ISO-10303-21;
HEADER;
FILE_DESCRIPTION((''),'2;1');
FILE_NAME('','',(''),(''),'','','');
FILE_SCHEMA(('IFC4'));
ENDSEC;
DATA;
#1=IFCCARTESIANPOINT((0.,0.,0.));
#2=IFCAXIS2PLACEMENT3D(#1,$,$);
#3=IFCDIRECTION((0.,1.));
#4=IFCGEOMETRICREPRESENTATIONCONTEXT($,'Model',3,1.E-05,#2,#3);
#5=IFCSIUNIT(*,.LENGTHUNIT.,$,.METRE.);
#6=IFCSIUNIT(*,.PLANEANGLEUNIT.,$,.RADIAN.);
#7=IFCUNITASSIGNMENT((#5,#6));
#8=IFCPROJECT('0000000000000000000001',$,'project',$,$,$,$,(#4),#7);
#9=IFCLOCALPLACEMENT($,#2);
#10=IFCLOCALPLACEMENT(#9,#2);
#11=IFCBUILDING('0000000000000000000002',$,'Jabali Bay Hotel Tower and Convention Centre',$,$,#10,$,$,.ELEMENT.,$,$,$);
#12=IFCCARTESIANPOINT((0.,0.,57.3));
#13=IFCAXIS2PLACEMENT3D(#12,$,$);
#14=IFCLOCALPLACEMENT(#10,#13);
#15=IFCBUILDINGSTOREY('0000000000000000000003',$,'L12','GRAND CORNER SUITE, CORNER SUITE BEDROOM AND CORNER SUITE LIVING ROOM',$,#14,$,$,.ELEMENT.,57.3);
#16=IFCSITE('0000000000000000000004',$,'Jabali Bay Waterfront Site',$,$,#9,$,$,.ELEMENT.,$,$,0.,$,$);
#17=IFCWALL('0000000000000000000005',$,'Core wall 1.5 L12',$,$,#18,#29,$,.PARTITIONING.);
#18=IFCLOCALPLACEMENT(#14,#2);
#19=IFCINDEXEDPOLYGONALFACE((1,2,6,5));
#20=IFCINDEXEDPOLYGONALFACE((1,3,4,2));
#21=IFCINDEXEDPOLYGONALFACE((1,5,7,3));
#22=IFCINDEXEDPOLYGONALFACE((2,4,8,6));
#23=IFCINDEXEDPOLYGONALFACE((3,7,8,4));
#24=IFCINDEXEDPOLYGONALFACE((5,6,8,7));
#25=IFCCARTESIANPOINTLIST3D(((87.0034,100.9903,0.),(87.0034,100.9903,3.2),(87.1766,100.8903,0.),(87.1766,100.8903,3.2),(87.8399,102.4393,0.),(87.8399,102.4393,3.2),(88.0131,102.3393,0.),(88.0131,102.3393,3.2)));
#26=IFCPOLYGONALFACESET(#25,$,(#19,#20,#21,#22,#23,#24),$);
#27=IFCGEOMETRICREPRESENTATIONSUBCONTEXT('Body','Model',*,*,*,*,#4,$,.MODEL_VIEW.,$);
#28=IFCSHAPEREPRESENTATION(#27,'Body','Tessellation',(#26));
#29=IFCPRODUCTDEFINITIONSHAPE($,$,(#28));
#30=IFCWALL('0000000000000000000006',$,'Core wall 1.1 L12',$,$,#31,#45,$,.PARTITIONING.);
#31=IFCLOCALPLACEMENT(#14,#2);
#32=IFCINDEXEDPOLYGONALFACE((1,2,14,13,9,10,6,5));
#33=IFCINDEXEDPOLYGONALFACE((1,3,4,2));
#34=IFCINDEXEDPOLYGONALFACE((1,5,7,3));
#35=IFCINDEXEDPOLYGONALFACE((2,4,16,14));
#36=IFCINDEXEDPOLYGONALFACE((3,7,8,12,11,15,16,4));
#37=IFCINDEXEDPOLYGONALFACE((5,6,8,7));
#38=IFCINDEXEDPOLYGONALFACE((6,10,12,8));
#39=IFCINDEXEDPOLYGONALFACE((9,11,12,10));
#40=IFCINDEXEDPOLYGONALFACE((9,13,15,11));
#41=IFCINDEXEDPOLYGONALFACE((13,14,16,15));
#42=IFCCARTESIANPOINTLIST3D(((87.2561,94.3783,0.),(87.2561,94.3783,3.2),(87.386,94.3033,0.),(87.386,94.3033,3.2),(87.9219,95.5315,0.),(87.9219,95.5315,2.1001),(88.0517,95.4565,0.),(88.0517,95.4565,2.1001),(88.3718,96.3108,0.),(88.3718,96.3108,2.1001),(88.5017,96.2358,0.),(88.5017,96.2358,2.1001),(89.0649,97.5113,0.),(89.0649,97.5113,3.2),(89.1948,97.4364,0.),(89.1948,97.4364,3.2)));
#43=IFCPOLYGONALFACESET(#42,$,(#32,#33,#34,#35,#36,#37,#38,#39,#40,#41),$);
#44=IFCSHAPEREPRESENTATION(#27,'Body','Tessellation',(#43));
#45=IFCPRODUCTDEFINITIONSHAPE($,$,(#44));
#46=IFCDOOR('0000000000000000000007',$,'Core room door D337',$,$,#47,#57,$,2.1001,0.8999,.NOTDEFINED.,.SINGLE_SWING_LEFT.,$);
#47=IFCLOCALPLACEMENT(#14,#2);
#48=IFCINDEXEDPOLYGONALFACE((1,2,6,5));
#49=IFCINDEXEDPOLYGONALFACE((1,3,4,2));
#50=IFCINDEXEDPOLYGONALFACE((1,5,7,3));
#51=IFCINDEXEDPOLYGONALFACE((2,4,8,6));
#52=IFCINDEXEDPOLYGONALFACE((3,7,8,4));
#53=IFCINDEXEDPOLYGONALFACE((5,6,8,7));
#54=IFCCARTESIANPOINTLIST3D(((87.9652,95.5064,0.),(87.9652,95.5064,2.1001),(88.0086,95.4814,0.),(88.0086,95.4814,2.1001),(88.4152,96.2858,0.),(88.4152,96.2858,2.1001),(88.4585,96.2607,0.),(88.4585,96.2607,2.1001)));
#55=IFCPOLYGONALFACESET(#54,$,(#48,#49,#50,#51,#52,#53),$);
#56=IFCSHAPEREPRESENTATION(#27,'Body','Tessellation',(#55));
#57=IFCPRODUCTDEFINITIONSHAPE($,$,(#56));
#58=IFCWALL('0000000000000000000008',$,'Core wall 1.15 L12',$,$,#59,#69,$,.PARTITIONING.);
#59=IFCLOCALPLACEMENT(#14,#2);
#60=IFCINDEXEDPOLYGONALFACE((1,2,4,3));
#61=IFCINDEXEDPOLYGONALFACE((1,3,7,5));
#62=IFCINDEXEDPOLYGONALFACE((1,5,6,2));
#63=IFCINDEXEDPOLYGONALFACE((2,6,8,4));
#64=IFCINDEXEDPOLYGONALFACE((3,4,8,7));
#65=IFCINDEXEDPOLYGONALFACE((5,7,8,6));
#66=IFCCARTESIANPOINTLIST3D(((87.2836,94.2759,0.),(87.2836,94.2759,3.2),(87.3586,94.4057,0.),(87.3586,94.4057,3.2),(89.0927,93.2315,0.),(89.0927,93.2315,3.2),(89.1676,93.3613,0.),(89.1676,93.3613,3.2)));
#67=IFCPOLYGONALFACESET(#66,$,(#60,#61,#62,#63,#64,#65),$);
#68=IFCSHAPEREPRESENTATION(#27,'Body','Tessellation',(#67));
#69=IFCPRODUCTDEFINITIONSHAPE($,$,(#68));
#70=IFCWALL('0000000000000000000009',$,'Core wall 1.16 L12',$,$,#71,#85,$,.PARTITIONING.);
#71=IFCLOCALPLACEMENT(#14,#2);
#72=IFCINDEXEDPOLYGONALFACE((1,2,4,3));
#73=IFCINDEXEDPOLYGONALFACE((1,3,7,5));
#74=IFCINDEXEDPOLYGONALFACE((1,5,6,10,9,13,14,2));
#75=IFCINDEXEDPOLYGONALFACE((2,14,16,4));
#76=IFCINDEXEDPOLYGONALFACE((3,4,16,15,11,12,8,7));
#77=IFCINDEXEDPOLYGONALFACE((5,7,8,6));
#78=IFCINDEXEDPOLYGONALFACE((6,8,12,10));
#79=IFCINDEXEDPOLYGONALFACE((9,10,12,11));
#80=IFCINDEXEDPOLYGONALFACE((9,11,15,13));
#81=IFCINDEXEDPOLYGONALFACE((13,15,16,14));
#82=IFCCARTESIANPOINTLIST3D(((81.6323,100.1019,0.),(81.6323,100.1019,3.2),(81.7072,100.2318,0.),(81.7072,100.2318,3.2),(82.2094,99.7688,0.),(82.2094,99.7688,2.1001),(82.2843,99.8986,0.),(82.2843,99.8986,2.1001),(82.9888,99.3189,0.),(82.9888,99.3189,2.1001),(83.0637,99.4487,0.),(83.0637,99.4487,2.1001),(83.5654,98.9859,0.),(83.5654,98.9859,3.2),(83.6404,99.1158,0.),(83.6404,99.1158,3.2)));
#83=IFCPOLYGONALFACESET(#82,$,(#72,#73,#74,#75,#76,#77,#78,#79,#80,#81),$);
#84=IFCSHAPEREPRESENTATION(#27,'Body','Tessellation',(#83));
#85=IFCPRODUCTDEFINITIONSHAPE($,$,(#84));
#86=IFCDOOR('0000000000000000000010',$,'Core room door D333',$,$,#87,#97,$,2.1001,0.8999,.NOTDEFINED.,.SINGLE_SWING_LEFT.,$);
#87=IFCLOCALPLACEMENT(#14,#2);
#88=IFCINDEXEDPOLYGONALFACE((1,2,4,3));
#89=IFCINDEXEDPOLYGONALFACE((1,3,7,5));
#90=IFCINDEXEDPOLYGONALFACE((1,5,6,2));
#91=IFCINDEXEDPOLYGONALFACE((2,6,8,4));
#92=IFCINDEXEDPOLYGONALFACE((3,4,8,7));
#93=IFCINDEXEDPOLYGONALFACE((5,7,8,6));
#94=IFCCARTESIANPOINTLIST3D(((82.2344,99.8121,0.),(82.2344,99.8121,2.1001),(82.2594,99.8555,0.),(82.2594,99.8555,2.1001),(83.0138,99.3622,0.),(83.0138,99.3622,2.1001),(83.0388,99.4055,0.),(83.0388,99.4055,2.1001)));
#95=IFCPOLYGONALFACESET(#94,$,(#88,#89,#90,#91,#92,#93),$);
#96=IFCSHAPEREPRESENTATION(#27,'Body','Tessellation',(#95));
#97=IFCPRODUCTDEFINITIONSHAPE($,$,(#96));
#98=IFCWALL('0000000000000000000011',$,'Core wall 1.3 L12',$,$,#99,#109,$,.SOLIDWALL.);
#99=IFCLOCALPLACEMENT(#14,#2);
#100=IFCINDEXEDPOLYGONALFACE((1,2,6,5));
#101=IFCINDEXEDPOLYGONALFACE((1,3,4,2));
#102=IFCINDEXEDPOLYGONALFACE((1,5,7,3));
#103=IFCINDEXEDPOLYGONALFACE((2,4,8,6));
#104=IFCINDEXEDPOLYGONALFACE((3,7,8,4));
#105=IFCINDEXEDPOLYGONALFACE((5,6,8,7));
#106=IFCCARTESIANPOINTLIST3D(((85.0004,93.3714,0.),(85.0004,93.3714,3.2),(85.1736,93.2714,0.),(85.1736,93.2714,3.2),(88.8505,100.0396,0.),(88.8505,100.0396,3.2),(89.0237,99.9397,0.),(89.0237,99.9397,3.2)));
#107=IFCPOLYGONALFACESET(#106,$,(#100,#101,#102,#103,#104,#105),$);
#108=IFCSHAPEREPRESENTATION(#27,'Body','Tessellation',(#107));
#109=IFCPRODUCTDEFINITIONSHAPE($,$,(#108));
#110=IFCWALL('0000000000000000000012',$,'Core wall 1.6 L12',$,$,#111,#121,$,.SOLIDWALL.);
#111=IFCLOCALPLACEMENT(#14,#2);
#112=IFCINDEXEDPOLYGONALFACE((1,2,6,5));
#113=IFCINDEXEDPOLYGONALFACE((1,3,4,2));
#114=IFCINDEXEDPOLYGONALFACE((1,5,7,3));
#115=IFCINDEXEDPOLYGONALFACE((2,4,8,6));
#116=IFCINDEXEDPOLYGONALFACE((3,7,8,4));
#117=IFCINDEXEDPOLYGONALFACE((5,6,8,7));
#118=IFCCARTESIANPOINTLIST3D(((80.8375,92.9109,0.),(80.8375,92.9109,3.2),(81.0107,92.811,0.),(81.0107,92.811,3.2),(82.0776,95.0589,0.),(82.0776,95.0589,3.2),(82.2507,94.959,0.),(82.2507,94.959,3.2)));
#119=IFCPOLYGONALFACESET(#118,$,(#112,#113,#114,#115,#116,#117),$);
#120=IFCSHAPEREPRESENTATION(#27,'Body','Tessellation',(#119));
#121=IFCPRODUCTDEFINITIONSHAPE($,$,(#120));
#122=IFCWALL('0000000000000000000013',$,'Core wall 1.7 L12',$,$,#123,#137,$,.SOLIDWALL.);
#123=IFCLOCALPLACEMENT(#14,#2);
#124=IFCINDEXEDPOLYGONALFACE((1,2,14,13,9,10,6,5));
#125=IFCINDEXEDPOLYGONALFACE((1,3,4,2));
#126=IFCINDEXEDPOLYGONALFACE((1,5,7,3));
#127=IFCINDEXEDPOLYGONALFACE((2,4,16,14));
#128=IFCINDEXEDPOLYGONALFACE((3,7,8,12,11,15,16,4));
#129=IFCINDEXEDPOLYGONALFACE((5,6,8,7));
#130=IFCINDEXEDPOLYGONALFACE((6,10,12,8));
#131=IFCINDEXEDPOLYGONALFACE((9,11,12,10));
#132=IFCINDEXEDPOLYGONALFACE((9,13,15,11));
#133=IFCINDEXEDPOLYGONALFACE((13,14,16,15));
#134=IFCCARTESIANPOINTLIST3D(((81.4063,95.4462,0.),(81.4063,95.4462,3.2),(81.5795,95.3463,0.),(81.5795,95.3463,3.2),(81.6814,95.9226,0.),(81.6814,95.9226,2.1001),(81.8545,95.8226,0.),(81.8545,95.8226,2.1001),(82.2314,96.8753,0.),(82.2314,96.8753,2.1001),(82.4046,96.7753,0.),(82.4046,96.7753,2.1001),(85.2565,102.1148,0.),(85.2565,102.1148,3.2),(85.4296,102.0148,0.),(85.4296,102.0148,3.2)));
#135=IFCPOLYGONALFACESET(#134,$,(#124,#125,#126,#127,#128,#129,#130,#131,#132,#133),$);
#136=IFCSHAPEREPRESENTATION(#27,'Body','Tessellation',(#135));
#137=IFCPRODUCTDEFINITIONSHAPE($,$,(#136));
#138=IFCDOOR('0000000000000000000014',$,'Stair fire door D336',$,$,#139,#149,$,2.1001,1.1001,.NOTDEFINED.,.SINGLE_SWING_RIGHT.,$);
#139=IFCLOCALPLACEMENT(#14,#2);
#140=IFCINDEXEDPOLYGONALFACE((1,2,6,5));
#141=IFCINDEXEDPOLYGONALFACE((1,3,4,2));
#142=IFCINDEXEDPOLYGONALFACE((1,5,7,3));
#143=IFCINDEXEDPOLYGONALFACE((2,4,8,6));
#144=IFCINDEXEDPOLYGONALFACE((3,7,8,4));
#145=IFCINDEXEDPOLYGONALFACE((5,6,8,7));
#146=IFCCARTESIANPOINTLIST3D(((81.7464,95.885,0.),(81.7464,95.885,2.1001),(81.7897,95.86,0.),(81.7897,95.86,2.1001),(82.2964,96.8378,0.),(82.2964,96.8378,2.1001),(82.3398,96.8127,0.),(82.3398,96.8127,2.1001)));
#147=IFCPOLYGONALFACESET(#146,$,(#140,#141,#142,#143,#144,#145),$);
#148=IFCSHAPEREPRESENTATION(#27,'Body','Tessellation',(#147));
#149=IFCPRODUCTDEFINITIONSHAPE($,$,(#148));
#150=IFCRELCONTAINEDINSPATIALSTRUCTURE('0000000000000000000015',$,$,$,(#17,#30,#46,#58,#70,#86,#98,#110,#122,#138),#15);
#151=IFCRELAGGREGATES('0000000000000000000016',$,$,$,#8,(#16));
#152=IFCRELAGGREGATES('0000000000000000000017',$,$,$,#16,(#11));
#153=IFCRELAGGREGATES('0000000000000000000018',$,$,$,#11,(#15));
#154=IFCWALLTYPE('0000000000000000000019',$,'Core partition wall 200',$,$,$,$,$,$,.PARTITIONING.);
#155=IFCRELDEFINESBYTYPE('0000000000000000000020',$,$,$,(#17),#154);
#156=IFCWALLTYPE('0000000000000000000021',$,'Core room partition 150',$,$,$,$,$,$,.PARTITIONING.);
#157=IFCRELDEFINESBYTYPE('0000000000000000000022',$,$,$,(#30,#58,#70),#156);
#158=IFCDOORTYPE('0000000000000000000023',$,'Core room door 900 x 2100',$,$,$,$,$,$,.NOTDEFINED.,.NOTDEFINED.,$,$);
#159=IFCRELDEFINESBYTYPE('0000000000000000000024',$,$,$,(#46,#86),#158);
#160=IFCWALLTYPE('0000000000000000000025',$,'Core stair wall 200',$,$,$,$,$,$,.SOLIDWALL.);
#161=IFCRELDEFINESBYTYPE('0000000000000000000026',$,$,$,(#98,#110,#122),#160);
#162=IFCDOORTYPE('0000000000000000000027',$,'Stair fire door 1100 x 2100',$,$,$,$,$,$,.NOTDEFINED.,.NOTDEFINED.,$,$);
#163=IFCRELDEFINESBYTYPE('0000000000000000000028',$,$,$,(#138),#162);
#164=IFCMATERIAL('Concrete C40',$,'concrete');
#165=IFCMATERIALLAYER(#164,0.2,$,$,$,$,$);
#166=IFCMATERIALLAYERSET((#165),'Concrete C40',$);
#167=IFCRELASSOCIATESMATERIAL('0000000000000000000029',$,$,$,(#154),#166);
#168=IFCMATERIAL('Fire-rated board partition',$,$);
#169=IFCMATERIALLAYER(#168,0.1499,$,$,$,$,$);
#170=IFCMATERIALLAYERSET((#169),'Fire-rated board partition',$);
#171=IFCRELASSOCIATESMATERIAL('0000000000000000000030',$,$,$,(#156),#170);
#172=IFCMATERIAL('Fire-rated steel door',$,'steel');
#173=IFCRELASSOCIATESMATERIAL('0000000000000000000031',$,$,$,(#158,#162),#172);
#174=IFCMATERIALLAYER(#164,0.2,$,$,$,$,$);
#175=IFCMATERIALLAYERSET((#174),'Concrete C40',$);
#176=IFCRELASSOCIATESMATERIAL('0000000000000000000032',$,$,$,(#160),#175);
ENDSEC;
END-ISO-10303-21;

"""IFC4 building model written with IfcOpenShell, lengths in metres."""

from ifc_helpers import new_model, si_unit, direction, frame, frame_2d, origin, place, context, subcontext, project, spatial, rectangle, extrude, material, layer, layer_set, type_object, element, fill, save


model = new_model("IFC4")

# Units and contexts
model_context = context("Model", 3, precision=1e-05, world=origin(), true_north=direction((0.0, 1.0)))
body_context = subcontext(model_context, "Body", "Model", "MODEL_VIEW")
ifc_project = project(units=[si_unit("LENGTHUNIT", "METRE"), si_unit("PLANEANGLEUNIT", "RADIAN")], contexts=[model_context])

# Site, building, storey
site_placement = place(None, origin())
site = spatial("IfcSite", under=ifc_project, at=site_placement, Name="Jabali Bay Waterfront Site", CompositionType="ELEMENT", RefElevation=0.0)
building_placement = place(site_placement, origin())
building = spatial("IfcBuilding", under=site, at=building_placement, Name="Jabali Bay Hotel Tower and Convention Centre", CompositionType="ELEMENT")
storey_placement = place(building_placement, frame((0.0, 0.0, 57.3)))
storey = spatial("IfcBuildingStorey", under=building, at=storey_placement, Name="L12", Description="GRAND CORNER SUITE, CORNER SUITE BEDROOM AND CORNER SUITE LIVING ROOM", CompositionType="ELEMENT", Elevation=57.3)

# Wall
ifc_material_1 = material(Name="Concrete C40", Category="concrete")
ifc_layer_1 = layer(ifc_material_1, 0.2)
ifc_layer_set_1 = layer_set([ifc_layer_1], Name="Concrete C40")
wall_type_1 = type_object("IfcWallType", Name="Core partition wall 200", PredefinedType="PARTITIONING", material=ifc_layer_set_1)
wall_1_placement = place(storey_placement, frame((87.0901, 100.9404, 0.0), z_axis=(0.0, 0.0, 1.0), x_axis=(0.499937, 0.866062, 0.0)))
element("IfcWall", 1, at=wall_1_placement, inside=storey, type_object=wall_type_1, Name="Core wall 1.5 L12", PredefinedType="PARTITIONING", context=body_context, shape_type="SweptSolid", body=[
    extrude(rectangle(XDim=1.6731, YDim=0.2, at=frame_2d((0.8364, 0.0))), origin(), (0.0, 0.0, 1.0), 3.2),
])

# Wall, opening, door
ifc_material_2 = material(Name="Fire-rated board partition")
ifc_layer_2 = layer(ifc_material_2, 0.1499)
ifc_layer_set_2 = layer_set([ifc_layer_2], Name="Fire-rated board partition")
wall_type_2 = type_object("IfcWallType", Name="Core room partition 150", PredefinedType="PARTITIONING", material=ifc_layer_set_2)
wall_2_placement = place(storey_placement, frame((87.321, 94.3408, 0.0), z_axis=(0.0, 0.0, 1.0), x_axis=(0.499993, 0.866029, 0.0)))
wall_2 = element("IfcWall", 2, at=wall_2_placement, inside=storey, type_object=wall_type_2, Name="Core wall 1.1 L12", PredefinedType="PARTITIONING", context=body_context, shape_type="SweptSolid", body=[
    extrude(rectangle(XDim=3.6177, YDim=0.1499, at=frame_2d((1.8088, 0.0))), origin(), (0.0, 0.0, 1.0), 3.2),
])
opening_1_placement = place(wall_2_placement, frame((1.3315, 0.0, 0.0)))
opening_1 = element("IfcOpeningElement", 3, at=opening_1_placement, cuts=wall_2, PredefinedType="OPENING", context=body_context, shape_type="SweptSolid", body=[
    extrude(rectangle(XDim=0.8999, YDim=2.1001, at=frame_2d((0.45, 1.05))), frame((0.0, 0.0854, 0.0), z_axis=(0.0, -1.0, 0.0), x_axis=(1.0, 0.0, 0.0)), (0.0, 0.0, 1.0), 0.1709),
])
ifc_material_3 = material(Name="Fire-rated steel door", Category="steel")
door_type_1 = type_object("IfcDoorType", Name="Core room door 900 x 2100", OperationType="NOTDEFINED", PredefinedType="NOTDEFINED", material=ifc_material_3)
door_1_placement = place(opening_1_placement, origin())
door_1 = element("IfcDoor", 4, at=door_1_placement, inside=storey, type_object=door_type_1, Name="Core room door D337", OperationType="SINGLE_SWING_LEFT", OverallHeight=2.1001, OverallWidth=0.8999, PredefinedType="NOTDEFINED", context=body_context, shape_type="SweptSolid", body=[
    extrude(rectangle(XDim=0.8999, YDim=2.1001, at=frame_2d((0.45, 1.05))), frame((0.0, 0.0249, 0.0), z_axis=(0.0, -1.0, 0.0), x_axis=(1.0, 0.0, 0.0)), (0.0, 0.0, 1.0), 0.05),
])
fill(opening_1, door_1)

# Wall
wall_3_placement = place(storey_placement, frame((89.1301, 93.2964, 0.0), z_axis=(0.0, 0.0, 1.0), x_axis=(-0.866034, 0.499985, 0.0)))
element("IfcWall", 5, at=wall_3_placement, inside=storey, type_object=wall_type_2, Name="Core wall 1.15 L12", PredefinedType="PARTITIONING", context=body_context, shape_type="SweptSolid", body=[
    extrude(rectangle(XDim=2.0889, YDim=0.1499, at=frame_2d((1.0444, 0.0))), origin(), (0.0, 0.0, 1.0), 3.2),
])

# Wall, opening, door
wall_4_placement = place(storey_placement, frame((83.603, 99.0508, 0.0), z_axis=(0.0, 0.0, 1.0), x_axis=(-0.866047, 0.499962, 0.0)))
wall_4 = element("IfcWall", 6, at=wall_4_placement, inside=storey, type_object=wall_type_2, Name="Core wall 1.16 L12", PredefinedType="PARTITIONING", context=body_context, shape_type="SweptSolid", body=[
    extrude(rectangle(XDim=2.2322, YDim=0.1499, at=frame_2d((1.1162, 0.0))), origin(), (0.0, 0.0, 1.0), 3.2),
])
opening_2_placement = place(wall_4_placement, frame((0.666, 0.0, 0.0)))
opening_2 = element("IfcOpeningElement", 7, at=opening_2_placement, cuts=wall_4, PredefinedType="OPENING", context=body_context, shape_type="SweptSolid", body=[
    extrude(rectangle(XDim=0.8999, YDim=2.1001, at=frame_2d((0.45, 1.05))), frame((0.0, 0.0854, 0.0), z_axis=(0.0, -1.0, 0.0), x_axis=(1.0, 0.0, 0.0)), (0.0, 0.0, 1.0), 0.1709),
])
door_2_placement = place(opening_2_placement, origin())
door_2 = element("IfcDoor", 8, at=door_2_placement, inside=storey, type_object=door_type_1, Name="Core room door D333", OperationType="SINGLE_SWING_LEFT", OverallHeight=2.1001, OverallWidth=0.8999, PredefinedType="NOTDEFINED", context=body_context, shape_type="SweptSolid", body=[
    extrude(rectangle(XDim=0.8999, YDim=2.1001, at=frame_2d((0.45, 1.05))), frame((0.0, 0.0249, 0.0), z_axis=(0.0, -1.0, 0.0), x_axis=(1.0, 0.0, 0.0)), (0.0, 0.0, 1.0), 0.05),
])
fill(opening_2, door_2)

# Walls
ifc_layer_3 = layer(ifc_material_1, 0.2)
ifc_layer_set_3 = layer_set([ifc_layer_3], Name="Concrete C40")
wall_type_3 = type_object("IfcWallType", Name="Core stair wall 200", PredefinedType="SOLIDWALL", material=ifc_layer_set_3)
wall_5_placement = place(storey_placement, frame((85.0869, 93.3213, 0.0), z_axis=(0.0, 0.0, 1.0), x_axis=(0.50002, 0.866014, 0.0)))
element("IfcWall", 9, at=wall_5_placement, inside=storey, type_object=wall_type_3, Name="Core wall 1.3 L12", PredefinedType="SOLIDWALL", context=body_context, shape_type="SweptSolid", body=[
    extrude(rectangle(XDim=7.7, YDim=0.2, at=frame_2d((3.8501, 0.0))), origin(), (0.0, 0.0, 1.0), 3.2),
])
wall_6_placement = place(storey_placement, frame((80.9241, 92.8608, 0.0), z_axis=(0.0, 0.0, 1.0), x_axis=(0.499961, 0.866048, 0.0)))
element("IfcWall", 10, at=wall_6_placement, inside=storey, type_object=wall_type_3, Name="Core wall 1.6 L12", PredefinedType="SOLIDWALL", context=body_context, shape_type="SweptSolid", body=[
    extrude(rectangle(XDim=2.4802, YDim=0.2, at=frame_2d((1.2402, 0.0))), origin(), (0.0, 0.0, 1.0), 3.2),
])

# Wall, opening, door
wall_7_placement = place(storey_placement, frame((81.4929, 95.3962, 0.0), z_axis=(0.0, 0.0, 1.0), x_axis=(0.500006, 0.866022, 0.0)))
wall_7 = element("IfcWall", 11, at=wall_7_placement, inside=storey, type_object=wall_type_3, Name="Core wall 1.7 L12", PredefinedType="SOLIDWALL", context=body_context, shape_type="SweptSolid", body=[
    extrude(rectangle(XDim=7.7002, YDim=0.2, at=frame_2d((3.8501, 0.0))), origin(), (0.0, 0.0, 1.0), 3.2),
])
opening_3_placement = place(wall_7_placement, frame((0.55, 0.0, 0.0)))
opening_3 = element("IfcOpeningElement", 12, at=opening_3_placement, cuts=wall_7, PredefinedType="OPENING", context=body_context, shape_type="SweptSolid", body=[
    extrude(rectangle(XDim=1.1001, YDim=2.1001, at=frame_2d((0.55, 1.05))), frame((0.0, 0.1104, 0.0), z_axis=(0.0, -1.0, 0.0), x_axis=(1.0, 0.0, 0.0)), (0.0, 0.0, 1.0), 0.2209),
])
door_type_2 = type_object("IfcDoorType", Name="Stair fire door 1100 x 2100", OperationType="NOTDEFINED", PredefinedType="NOTDEFINED", material=ifc_material_3)
door_3_placement = place(opening_3_placement, origin())
door_3 = element("IfcDoor", 13, at=door_3_placement, inside=storey, type_object=door_type_2, Name="Stair fire door D336", OperationType="SINGLE_SWING_RIGHT", OverallHeight=2.1001, OverallWidth=1.1001, PredefinedType="NOTDEFINED", context=body_context, shape_type="SweptSolid", body=[
    extrude(rectangle(XDim=1.1001, YDim=2.1001, at=frame_2d((0.55, 1.05))), frame((0.0, 0.0249, 0.0), z_axis=(0.0, -1.0, 0.0), x_axis=(1.0, 0.0, 0.0)), (0.0, 0.0, 1.0), 0.05),
])
fill(opening_3, door_3)

save(model, "model.ifc")
